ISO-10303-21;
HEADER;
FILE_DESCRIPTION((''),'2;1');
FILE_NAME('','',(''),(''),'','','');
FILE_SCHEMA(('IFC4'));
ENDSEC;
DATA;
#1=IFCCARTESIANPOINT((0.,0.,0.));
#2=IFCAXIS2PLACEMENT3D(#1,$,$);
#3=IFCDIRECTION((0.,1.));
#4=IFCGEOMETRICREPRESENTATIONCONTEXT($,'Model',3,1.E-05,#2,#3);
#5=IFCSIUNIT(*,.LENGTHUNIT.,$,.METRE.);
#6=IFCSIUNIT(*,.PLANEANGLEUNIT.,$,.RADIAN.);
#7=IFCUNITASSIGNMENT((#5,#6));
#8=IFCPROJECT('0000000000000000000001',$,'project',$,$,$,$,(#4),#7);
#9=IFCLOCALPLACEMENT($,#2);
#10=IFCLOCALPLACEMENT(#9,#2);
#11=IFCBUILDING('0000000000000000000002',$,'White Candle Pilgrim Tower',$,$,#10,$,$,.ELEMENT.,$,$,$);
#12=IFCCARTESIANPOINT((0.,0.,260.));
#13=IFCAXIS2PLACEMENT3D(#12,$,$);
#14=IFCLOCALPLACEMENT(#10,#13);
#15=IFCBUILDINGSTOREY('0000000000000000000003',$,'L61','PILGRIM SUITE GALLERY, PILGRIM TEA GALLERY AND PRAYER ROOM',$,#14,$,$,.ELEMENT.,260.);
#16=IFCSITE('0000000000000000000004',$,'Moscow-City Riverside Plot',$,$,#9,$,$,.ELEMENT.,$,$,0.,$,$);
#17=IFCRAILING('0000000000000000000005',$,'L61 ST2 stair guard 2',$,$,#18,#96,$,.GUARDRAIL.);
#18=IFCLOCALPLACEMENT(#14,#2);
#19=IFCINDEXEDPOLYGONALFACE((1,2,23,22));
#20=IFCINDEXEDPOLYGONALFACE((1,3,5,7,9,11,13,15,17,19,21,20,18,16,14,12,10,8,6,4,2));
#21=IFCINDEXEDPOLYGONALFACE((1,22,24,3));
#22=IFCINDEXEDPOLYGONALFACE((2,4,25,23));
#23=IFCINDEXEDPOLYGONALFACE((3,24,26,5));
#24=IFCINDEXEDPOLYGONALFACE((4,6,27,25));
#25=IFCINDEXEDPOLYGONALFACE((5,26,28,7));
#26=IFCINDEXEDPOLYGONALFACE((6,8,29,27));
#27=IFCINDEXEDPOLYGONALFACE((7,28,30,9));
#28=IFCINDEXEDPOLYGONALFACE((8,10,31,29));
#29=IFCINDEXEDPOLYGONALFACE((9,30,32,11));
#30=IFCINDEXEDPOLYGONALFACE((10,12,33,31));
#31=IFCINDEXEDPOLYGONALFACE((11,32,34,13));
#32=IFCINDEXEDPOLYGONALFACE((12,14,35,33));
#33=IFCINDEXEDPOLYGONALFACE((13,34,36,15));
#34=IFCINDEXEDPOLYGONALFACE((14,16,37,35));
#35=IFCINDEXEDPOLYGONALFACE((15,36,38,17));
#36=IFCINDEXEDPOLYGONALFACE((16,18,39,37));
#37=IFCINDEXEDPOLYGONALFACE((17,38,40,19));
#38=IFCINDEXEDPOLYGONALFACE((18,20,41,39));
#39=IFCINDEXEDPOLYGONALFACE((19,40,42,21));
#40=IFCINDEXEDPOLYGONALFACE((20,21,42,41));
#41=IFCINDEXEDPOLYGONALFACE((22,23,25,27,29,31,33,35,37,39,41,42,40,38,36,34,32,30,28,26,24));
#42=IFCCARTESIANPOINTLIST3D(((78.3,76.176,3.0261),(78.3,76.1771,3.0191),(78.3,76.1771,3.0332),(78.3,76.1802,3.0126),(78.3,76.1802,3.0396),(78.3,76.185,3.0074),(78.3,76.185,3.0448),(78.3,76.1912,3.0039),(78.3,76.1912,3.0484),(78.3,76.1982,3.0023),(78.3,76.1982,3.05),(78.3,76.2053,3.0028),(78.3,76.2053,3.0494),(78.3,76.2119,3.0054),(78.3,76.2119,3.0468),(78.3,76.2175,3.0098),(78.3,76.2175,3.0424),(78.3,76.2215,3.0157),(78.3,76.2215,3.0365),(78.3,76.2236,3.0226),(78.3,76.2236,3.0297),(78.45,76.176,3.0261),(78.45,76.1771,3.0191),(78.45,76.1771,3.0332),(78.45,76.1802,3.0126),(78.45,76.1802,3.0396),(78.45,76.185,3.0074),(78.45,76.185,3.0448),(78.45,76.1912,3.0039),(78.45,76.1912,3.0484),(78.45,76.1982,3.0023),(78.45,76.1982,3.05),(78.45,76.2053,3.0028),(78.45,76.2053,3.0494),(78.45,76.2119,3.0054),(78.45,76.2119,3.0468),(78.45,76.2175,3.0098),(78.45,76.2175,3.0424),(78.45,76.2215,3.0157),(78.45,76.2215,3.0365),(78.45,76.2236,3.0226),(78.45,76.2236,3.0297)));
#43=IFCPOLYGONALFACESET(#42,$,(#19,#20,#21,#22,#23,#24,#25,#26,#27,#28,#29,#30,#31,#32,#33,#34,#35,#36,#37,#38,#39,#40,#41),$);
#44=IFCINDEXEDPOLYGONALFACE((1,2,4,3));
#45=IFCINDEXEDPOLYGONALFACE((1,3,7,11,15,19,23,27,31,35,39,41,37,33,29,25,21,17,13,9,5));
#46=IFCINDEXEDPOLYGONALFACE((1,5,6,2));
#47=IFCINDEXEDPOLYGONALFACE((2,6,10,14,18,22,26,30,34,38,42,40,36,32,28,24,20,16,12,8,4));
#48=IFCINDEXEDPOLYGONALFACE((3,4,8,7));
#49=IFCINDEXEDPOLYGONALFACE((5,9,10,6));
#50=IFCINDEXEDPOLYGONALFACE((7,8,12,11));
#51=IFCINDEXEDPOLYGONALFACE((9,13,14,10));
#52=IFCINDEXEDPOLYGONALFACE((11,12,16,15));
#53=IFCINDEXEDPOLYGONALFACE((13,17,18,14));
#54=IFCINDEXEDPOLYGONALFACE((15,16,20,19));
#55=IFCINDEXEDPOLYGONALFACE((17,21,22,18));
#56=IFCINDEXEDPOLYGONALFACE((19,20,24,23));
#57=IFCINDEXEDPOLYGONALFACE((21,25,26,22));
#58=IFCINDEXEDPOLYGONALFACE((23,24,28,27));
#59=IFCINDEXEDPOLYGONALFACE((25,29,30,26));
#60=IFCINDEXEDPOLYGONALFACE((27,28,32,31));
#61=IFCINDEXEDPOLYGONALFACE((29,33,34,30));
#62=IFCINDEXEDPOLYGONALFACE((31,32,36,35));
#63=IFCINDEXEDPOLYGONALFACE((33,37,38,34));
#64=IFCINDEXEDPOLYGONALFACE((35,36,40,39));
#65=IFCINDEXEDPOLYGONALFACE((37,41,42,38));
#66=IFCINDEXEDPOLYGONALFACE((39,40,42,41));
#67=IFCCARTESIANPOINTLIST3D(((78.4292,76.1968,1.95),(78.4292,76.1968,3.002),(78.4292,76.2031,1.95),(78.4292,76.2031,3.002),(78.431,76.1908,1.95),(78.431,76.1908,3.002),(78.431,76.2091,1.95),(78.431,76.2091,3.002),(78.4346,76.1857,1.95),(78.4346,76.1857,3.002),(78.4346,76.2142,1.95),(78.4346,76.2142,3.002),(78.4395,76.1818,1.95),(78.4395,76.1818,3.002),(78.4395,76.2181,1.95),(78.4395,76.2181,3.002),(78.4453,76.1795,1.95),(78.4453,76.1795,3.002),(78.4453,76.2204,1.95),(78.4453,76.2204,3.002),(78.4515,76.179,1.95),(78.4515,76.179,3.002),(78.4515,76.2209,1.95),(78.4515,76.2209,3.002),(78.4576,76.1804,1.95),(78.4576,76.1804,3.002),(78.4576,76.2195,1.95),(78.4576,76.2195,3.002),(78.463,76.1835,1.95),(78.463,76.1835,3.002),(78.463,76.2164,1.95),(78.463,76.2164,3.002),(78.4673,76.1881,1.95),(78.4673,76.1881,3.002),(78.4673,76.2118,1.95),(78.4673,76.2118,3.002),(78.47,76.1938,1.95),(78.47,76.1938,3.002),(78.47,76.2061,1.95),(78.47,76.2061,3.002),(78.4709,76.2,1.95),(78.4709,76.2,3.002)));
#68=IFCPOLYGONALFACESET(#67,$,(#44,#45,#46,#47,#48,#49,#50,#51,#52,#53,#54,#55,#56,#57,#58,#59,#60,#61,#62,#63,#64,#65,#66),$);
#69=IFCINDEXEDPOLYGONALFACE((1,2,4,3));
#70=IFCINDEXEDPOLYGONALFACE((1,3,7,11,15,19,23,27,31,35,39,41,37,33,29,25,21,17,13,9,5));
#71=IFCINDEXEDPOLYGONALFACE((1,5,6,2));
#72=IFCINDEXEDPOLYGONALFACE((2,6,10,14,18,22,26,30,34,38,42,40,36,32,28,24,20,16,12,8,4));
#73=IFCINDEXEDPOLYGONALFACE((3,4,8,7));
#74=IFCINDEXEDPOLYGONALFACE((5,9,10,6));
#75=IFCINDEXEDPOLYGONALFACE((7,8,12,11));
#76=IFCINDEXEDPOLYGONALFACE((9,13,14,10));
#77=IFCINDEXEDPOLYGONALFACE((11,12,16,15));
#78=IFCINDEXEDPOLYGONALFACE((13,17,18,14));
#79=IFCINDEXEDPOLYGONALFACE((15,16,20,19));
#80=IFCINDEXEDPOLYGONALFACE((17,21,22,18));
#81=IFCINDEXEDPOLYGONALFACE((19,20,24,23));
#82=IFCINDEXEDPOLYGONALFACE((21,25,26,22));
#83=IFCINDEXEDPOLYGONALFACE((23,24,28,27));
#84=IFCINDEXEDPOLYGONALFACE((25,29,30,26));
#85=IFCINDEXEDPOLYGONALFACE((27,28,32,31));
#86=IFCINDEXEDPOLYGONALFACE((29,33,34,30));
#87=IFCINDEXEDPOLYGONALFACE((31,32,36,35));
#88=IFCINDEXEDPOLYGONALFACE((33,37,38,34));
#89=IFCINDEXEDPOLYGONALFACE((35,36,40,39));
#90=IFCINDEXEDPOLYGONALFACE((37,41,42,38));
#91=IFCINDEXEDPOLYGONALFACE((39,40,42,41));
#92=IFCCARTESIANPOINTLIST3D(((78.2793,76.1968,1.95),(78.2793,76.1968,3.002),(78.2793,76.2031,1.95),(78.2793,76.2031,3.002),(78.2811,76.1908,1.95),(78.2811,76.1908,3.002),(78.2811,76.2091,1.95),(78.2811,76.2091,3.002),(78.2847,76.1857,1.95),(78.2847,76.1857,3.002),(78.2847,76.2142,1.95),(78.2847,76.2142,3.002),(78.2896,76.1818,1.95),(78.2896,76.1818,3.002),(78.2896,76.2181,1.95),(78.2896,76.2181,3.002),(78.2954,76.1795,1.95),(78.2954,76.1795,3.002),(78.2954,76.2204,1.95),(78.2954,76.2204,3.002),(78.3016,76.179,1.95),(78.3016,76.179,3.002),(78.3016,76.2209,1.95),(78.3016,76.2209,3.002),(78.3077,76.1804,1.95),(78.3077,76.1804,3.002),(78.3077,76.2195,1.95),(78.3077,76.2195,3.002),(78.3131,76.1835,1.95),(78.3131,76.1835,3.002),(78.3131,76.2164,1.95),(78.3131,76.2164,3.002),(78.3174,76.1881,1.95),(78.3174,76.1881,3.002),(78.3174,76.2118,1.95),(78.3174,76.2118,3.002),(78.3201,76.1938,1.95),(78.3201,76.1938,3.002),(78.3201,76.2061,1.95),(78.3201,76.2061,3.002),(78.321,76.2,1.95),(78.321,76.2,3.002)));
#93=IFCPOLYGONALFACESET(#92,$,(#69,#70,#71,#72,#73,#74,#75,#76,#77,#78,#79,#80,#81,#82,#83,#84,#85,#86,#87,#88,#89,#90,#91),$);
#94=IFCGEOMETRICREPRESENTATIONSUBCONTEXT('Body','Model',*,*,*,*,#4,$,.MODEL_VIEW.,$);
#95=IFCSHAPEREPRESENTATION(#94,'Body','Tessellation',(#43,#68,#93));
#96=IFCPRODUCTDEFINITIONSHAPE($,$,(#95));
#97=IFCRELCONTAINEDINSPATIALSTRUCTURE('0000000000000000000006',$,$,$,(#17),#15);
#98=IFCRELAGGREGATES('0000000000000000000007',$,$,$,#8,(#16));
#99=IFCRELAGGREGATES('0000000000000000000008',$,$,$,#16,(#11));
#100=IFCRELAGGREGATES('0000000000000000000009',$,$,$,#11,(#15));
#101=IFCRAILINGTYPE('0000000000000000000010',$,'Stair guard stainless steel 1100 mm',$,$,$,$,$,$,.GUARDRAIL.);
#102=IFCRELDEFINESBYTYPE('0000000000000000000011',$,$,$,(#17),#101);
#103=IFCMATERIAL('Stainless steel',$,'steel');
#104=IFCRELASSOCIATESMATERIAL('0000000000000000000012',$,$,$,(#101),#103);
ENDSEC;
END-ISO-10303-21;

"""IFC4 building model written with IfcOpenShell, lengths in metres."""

from ifc_helpers import new_model, si_unit, direction, frame, origin, origin_2d, place, context, subcontext, project, spatial, circle, extrude, material, type_object, element, save


model = new_model("IFC4")

# Units and contexts
model_context = context("Model", 3, precision=1e-05, world=origin(), true_north=direction((0.0, 1.0)))
body_context = subcontext(model_context, "Body", "Model", "MODEL_VIEW")
ifc_project = project(units=[si_unit("LENGTHUNIT", "METRE"), si_unit("PLANEANGLEUNIT", "RADIAN")], contexts=[model_context])

# Site, building, storey
site_placement = place(None, origin())
site = spatial("IfcSite", under=ifc_project, at=site_placement, Name="Moscow-City Riverside Plot", CompositionType="ELEMENT", RefElevation=0.0)
building_placement = place(site_placement, origin())
building = spatial("IfcBuilding", under=site, at=building_placement, Name="White Candle Pilgrim Tower", CompositionType="ELEMENT")
storey_placement = place(building_placement, frame((0.0, 0.0, 260.0)))
storey = spatial("IfcBuildingStorey", under=building, at=storey_placement, Name="L61", Description="PILGRIM SUITE GALLERY, PILGRIM TEA GALLERY AND PRAYER ROOM", CompositionType="ELEMENT", Elevation=260.0)

# Railing
ifc_material_1 = material(Name="Stainless steel", Category="steel")
railing_type_1 = type_object("IfcRailingType", Name="Stair guard stainless steel 1100 mm", PredefinedType="GUARDRAIL", material=ifc_material_1)
railing_1_placement = place(storey_placement, frame((78.45, 76.2, 1.95)))
element("IfcRailing", 1, at=railing_1_placement, inside=storey, type_object=railing_type_1, Name="L61 ST2 stair guard 2", PredefinedType="GUARDRAIL", context=body_context, shape_type="SweptSolid", body=[
    extrude(circle(Radius=0.0239, at=origin_2d()), frame((0.0, 0.0, 1.0762), z_axis=(-1.0, 0.0, 0.0), x_axis=(0.0, -1.0, 0.0)), (0.0, 0.0, 1.0), 0.1499),
    extrude(circle(Radius=0.021, at=origin_2d()), origin(), (0.0, 0.0, 1.0), 1.052),
    extrude(circle(Radius=0.021, at=origin_2d()), frame((-0.1499, 0.0, 0.0)), (0.0, 0.0, 1.0), 1.052),
])

save(model, "model.ifc")
